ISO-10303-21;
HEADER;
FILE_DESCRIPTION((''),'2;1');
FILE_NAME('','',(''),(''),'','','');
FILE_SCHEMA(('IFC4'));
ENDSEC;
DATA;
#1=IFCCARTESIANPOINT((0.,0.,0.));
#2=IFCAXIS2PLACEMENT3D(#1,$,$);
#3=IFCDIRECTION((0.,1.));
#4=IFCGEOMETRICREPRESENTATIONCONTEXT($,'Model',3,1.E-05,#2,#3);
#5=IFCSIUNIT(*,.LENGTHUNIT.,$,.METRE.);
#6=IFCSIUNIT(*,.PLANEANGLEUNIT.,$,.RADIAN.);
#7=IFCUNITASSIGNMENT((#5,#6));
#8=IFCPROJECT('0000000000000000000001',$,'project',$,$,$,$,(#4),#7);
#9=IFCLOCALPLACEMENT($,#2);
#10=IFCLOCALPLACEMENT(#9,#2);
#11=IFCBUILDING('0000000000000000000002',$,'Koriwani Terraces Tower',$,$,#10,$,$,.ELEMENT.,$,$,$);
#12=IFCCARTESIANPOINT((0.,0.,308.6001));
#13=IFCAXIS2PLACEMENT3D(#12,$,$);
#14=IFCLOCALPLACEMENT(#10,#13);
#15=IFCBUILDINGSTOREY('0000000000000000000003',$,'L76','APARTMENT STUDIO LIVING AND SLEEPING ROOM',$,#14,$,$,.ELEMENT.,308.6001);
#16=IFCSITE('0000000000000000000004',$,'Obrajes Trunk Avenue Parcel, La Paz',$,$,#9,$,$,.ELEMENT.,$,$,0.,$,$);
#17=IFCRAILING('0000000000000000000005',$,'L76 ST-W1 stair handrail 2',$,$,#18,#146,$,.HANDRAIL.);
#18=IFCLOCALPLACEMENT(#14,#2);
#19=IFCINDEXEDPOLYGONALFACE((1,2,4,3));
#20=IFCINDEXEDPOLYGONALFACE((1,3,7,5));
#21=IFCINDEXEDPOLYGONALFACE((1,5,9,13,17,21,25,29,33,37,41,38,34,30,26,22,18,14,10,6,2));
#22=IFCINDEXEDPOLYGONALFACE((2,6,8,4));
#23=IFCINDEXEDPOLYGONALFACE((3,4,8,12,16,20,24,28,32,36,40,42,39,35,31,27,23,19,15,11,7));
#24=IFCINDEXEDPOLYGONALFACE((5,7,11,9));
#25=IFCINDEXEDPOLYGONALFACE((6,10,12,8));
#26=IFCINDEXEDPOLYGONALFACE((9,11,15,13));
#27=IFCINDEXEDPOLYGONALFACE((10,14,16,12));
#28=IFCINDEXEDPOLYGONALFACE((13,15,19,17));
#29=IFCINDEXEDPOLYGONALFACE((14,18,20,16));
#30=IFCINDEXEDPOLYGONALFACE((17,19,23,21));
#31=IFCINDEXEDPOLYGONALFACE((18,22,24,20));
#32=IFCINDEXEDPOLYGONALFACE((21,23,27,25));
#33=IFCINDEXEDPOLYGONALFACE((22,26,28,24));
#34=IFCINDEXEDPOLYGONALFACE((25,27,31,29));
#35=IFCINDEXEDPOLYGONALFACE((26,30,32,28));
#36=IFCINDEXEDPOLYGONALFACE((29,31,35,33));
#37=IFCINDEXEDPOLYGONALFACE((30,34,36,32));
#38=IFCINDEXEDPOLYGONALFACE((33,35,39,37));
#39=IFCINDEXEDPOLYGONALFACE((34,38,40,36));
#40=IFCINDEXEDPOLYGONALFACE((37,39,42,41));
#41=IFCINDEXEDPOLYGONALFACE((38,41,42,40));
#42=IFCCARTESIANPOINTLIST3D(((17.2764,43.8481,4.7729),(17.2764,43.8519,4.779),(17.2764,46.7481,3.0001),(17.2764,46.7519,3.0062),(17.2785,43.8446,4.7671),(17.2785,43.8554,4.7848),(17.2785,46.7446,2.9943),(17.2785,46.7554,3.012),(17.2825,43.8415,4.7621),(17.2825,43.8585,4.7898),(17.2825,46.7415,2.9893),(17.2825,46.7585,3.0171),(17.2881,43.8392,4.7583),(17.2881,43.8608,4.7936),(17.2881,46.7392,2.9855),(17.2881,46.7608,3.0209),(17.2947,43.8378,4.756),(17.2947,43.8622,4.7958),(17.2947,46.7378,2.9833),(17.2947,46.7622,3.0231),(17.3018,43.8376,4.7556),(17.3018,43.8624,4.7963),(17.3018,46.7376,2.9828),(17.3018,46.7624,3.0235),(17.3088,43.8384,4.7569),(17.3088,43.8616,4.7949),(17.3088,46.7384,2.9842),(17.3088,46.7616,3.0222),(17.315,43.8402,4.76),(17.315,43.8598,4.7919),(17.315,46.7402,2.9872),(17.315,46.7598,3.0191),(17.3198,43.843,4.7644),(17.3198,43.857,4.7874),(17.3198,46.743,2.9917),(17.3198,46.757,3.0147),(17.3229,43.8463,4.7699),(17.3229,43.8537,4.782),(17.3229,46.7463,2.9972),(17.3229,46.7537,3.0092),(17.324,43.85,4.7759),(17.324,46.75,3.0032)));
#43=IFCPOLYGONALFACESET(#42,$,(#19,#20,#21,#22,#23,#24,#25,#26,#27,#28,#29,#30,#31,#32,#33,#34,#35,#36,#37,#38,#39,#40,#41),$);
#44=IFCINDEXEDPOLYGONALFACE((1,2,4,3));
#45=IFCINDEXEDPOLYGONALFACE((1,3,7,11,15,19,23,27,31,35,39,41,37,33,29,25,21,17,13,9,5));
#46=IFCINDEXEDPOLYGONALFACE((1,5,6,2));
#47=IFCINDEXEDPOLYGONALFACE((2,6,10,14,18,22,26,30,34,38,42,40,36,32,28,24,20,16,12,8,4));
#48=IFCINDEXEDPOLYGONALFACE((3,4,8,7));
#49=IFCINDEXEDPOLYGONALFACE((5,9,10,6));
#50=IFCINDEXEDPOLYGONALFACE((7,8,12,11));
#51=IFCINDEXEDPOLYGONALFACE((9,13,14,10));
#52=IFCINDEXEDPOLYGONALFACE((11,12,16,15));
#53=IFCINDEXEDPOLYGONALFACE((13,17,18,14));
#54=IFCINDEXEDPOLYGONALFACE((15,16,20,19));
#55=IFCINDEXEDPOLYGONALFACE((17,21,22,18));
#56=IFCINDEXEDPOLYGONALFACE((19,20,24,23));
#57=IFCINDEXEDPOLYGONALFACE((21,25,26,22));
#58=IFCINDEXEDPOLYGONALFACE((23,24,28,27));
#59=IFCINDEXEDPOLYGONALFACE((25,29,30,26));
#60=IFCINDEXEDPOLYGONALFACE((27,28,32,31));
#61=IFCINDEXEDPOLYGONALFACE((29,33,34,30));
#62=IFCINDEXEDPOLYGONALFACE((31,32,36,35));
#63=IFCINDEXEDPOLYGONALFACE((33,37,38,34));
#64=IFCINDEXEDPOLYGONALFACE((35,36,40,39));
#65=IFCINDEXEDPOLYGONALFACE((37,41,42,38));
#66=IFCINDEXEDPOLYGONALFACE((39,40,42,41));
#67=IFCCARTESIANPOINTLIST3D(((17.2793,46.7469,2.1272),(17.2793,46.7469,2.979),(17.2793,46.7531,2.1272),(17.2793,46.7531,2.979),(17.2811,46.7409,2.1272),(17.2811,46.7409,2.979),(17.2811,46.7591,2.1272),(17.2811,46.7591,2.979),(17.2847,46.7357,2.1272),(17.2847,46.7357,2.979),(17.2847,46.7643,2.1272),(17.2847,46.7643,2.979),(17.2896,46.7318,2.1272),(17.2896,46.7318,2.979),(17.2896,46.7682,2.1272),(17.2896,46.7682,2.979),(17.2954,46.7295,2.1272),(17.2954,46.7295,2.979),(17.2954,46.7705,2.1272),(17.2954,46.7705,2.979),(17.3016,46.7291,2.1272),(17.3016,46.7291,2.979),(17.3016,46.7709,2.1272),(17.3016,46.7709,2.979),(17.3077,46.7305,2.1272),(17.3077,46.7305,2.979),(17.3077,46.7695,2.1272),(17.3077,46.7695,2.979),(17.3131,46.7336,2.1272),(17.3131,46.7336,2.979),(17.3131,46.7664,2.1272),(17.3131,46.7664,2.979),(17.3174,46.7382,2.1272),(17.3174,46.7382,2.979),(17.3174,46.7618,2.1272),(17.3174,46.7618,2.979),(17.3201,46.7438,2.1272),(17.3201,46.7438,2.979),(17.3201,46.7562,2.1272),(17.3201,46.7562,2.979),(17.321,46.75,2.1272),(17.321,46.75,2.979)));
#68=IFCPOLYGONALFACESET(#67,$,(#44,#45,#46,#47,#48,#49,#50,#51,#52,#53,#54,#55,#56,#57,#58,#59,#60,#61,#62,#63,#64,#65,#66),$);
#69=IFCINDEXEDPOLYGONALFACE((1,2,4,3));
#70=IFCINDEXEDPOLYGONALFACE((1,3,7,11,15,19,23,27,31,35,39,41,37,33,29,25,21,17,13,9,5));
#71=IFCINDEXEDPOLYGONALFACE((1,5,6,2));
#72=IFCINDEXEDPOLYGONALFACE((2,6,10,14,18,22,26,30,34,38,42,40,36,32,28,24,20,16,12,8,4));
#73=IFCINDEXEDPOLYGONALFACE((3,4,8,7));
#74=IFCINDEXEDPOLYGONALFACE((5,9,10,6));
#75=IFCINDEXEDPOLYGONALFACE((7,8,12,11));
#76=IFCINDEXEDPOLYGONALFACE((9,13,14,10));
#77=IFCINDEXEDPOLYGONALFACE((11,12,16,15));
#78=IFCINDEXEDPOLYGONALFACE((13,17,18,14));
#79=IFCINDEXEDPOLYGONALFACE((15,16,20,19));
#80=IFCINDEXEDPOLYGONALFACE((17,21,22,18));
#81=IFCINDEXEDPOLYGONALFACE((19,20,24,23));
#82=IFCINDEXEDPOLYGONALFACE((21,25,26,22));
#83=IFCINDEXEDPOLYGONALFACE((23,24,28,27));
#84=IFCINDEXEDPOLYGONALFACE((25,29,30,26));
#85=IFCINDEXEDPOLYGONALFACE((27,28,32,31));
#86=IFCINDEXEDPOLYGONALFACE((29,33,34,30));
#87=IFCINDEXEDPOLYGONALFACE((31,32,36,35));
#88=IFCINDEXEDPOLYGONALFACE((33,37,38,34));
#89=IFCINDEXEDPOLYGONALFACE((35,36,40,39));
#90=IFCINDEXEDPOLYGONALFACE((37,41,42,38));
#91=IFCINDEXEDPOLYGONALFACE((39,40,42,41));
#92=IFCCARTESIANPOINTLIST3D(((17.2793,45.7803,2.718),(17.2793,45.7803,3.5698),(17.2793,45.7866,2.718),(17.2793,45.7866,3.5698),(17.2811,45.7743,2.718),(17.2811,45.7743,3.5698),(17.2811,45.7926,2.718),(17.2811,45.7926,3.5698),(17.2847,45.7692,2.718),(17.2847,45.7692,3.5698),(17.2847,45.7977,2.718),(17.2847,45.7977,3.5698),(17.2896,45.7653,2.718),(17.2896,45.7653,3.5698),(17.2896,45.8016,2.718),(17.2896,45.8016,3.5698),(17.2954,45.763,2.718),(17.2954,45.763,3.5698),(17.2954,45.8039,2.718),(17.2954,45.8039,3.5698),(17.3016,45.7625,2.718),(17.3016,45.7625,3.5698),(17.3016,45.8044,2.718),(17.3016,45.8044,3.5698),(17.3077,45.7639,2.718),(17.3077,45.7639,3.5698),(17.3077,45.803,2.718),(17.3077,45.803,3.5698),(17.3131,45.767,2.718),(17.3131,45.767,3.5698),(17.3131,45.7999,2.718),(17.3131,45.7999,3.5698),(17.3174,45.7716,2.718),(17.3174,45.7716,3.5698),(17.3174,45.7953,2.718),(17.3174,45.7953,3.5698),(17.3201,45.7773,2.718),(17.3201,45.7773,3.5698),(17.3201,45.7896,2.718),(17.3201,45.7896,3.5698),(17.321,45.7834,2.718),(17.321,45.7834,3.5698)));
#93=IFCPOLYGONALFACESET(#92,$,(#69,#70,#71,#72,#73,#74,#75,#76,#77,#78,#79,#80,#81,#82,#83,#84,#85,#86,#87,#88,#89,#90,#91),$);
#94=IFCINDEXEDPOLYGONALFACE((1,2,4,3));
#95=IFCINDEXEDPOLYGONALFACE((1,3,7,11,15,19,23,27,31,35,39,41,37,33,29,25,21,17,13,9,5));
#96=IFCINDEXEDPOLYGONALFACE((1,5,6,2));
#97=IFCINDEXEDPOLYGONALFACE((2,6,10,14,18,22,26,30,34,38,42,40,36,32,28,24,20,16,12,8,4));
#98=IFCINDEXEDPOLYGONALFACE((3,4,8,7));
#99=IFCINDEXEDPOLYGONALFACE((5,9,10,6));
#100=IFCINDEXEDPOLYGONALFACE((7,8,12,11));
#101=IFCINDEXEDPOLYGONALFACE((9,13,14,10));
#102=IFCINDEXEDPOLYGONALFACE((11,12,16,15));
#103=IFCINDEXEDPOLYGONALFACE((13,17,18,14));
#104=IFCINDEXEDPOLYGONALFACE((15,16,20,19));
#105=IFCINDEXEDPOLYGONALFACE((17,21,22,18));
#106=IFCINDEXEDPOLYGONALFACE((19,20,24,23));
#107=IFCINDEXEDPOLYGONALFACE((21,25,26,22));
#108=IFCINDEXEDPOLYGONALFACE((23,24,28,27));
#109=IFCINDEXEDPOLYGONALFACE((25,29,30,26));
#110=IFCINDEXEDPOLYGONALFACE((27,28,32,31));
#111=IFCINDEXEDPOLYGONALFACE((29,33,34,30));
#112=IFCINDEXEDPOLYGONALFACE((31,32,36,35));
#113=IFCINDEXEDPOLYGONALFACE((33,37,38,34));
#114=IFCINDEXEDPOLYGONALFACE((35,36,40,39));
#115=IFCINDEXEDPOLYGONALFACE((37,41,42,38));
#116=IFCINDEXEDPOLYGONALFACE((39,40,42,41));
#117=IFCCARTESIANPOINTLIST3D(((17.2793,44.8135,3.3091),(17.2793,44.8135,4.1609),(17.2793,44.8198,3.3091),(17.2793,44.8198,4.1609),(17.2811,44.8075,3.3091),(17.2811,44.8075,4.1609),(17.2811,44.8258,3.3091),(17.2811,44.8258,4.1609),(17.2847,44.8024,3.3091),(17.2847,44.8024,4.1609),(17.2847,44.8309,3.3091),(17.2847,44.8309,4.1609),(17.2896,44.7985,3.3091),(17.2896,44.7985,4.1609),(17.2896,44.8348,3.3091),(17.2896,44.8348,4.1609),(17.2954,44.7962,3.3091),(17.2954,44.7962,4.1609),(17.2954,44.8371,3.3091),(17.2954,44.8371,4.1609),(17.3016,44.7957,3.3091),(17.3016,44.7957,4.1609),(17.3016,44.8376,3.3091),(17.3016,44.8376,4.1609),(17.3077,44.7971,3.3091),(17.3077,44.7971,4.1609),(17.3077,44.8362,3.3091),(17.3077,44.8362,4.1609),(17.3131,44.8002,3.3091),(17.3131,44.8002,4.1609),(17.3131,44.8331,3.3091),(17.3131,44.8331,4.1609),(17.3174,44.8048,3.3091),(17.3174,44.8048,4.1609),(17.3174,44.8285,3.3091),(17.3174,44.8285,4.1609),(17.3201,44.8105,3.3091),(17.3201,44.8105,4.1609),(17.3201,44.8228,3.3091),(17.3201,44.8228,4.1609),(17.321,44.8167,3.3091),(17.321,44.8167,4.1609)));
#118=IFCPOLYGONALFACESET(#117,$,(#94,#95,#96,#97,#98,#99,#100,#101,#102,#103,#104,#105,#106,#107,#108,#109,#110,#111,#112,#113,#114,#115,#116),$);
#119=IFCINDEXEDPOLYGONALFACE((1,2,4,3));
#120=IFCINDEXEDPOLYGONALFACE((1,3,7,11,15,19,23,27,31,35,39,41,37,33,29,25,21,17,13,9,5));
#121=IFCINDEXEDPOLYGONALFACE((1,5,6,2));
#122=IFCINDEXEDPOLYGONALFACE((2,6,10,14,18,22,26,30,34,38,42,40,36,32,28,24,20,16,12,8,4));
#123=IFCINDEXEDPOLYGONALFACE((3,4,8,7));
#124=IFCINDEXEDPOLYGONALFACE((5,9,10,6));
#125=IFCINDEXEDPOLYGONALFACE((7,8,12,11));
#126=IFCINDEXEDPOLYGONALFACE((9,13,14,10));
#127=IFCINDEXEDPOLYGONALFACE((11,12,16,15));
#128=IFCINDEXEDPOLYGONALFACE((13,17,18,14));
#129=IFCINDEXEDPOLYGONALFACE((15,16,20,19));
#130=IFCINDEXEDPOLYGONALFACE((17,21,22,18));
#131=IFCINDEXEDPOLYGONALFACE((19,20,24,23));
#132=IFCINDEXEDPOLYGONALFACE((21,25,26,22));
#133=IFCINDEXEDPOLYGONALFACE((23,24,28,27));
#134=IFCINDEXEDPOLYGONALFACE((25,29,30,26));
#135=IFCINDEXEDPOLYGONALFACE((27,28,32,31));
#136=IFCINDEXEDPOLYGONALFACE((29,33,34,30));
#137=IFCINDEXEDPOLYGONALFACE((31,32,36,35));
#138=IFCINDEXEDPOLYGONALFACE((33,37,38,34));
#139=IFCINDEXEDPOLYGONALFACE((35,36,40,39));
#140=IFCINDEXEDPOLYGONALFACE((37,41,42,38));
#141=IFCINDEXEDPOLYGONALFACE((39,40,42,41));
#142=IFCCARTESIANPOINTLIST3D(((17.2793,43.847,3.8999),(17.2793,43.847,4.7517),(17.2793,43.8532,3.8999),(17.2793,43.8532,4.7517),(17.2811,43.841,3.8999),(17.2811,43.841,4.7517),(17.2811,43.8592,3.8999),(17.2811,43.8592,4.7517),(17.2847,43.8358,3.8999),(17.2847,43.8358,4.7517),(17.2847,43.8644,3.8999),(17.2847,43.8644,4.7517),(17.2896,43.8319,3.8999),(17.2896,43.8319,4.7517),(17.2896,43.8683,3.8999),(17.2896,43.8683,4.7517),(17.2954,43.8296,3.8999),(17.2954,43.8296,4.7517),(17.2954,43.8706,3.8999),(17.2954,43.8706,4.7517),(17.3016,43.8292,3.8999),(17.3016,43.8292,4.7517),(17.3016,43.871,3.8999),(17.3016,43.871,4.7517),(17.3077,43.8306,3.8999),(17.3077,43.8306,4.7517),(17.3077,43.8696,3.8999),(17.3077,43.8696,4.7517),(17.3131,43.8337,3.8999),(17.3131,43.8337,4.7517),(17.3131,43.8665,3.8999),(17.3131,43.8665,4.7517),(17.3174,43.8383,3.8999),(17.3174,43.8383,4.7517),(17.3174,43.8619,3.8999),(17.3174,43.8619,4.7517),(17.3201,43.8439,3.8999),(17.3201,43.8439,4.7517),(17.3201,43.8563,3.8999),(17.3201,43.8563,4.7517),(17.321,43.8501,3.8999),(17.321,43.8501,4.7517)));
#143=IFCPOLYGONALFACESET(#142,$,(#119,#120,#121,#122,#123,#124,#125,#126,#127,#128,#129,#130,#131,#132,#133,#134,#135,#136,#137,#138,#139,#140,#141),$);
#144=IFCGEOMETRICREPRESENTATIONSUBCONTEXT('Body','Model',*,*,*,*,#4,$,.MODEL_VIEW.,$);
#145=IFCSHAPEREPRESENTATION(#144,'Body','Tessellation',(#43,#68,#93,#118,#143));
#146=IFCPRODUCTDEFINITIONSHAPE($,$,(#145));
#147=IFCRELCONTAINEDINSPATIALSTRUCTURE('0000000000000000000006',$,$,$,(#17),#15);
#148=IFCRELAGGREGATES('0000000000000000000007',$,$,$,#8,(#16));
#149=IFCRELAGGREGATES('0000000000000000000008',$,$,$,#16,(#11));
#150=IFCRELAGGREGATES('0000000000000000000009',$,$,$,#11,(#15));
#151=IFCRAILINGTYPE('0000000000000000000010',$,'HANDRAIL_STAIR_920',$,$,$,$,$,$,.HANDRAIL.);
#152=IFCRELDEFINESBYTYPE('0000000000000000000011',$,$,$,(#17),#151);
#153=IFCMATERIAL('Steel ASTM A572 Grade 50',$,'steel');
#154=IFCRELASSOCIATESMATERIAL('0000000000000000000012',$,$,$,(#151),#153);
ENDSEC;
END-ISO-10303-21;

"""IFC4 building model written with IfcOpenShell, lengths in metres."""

from ifc_helpers import new_model, si_unit, direction, frame, origin, origin_2d, place, context, subcontext, project, spatial, circle, extrude, material, type_object, element, save


model = new_model("IFC4")

# Units and contexts
model_context = context("Model", 3, precision=1e-05, world=origin(), true_north=direction((0.0, 1.0)))
body_context = subcontext(model_context, "Body", "Model", "MODEL_VIEW")
ifc_project = project(units=[si_unit("LENGTHUNIT", "METRE"), si_unit("PLANEANGLEUNIT", "RADIAN")], contexts=[model_context])

# Site, building, storey
site_placement = place(None, origin())
site = spatial("IfcSite", under=ifc_project, at=site_placement, Name="Obrajes Trunk Avenue Parcel, La Paz", CompositionType="ELEMENT", RefElevation=0.0)
building_placement = place(site_placement, origin())
building = spatial("IfcBuilding", under=site, at=building_placement, Name="Koriwani Terraces Tower", CompositionType="ELEMENT")
storey_placement = place(building_placement, frame((0.0, 0.0, 308.6001)))
storey = spatial("IfcBuildingStorey", under=building, at=storey_placement, Name="L76", Description="APARTMENT STUDIO LIVING AND SLEEPING ROOM", CompositionType="ELEMENT", Elevation=308.6001)

# Shared definitions
ifc_material_1 = material(Name="Steel ASTM A572 Grade 50", Category="steel")

# Railing
railing_type_1 = type_object("IfcRailingType", Name="HANDRAIL_STAIR_920", PredefinedType="HANDRAIL", material=ifc_material_1)
railing_1_placement = place(storey_placement, frame((17.3, 46.75, 2.1272)))
element("IfcRailing", 1, at=railing_1_placement, inside=storey, type_object=railing_type_1, Name="L76 ST-W1 stair handrail 2", PredefinedType="HANDRAIL", context=body_context, shape_type="SweptSolid", body=[
    extrude(circle(Radius=0.0239, at=origin_2d()), frame((0.0, 0.0, 0.876), z_axis=(0.0, -0.853211, 0.521566), x_axis=(1.0, 0.0, 0.0)), (0.0, 0.0, 1.0), 3.3989),
    extrude(circle(Radius=0.021, at=origin_2d()), origin(), (0.0, 0.0, 1.0), 0.8518),
    extrude(circle(Radius=0.021, at=origin_2d()), frame((0.0, -0.9666, 0.5908)), (0.0, 0.0, 1.0), 0.8518),
    extrude(circle(Radius=0.021, at=origin_2d()), frame((0.0, -1.9333, 1.1819)), (0.0, 0.0, 1.0), 0.8518),
    extrude(circle(Radius=0.021, at=origin_2d()), frame((0.0, -2.8999, 1.7727)), (0.0, 0.0, 1.0), 0.8518),
])

save(model, "model.ifc")
